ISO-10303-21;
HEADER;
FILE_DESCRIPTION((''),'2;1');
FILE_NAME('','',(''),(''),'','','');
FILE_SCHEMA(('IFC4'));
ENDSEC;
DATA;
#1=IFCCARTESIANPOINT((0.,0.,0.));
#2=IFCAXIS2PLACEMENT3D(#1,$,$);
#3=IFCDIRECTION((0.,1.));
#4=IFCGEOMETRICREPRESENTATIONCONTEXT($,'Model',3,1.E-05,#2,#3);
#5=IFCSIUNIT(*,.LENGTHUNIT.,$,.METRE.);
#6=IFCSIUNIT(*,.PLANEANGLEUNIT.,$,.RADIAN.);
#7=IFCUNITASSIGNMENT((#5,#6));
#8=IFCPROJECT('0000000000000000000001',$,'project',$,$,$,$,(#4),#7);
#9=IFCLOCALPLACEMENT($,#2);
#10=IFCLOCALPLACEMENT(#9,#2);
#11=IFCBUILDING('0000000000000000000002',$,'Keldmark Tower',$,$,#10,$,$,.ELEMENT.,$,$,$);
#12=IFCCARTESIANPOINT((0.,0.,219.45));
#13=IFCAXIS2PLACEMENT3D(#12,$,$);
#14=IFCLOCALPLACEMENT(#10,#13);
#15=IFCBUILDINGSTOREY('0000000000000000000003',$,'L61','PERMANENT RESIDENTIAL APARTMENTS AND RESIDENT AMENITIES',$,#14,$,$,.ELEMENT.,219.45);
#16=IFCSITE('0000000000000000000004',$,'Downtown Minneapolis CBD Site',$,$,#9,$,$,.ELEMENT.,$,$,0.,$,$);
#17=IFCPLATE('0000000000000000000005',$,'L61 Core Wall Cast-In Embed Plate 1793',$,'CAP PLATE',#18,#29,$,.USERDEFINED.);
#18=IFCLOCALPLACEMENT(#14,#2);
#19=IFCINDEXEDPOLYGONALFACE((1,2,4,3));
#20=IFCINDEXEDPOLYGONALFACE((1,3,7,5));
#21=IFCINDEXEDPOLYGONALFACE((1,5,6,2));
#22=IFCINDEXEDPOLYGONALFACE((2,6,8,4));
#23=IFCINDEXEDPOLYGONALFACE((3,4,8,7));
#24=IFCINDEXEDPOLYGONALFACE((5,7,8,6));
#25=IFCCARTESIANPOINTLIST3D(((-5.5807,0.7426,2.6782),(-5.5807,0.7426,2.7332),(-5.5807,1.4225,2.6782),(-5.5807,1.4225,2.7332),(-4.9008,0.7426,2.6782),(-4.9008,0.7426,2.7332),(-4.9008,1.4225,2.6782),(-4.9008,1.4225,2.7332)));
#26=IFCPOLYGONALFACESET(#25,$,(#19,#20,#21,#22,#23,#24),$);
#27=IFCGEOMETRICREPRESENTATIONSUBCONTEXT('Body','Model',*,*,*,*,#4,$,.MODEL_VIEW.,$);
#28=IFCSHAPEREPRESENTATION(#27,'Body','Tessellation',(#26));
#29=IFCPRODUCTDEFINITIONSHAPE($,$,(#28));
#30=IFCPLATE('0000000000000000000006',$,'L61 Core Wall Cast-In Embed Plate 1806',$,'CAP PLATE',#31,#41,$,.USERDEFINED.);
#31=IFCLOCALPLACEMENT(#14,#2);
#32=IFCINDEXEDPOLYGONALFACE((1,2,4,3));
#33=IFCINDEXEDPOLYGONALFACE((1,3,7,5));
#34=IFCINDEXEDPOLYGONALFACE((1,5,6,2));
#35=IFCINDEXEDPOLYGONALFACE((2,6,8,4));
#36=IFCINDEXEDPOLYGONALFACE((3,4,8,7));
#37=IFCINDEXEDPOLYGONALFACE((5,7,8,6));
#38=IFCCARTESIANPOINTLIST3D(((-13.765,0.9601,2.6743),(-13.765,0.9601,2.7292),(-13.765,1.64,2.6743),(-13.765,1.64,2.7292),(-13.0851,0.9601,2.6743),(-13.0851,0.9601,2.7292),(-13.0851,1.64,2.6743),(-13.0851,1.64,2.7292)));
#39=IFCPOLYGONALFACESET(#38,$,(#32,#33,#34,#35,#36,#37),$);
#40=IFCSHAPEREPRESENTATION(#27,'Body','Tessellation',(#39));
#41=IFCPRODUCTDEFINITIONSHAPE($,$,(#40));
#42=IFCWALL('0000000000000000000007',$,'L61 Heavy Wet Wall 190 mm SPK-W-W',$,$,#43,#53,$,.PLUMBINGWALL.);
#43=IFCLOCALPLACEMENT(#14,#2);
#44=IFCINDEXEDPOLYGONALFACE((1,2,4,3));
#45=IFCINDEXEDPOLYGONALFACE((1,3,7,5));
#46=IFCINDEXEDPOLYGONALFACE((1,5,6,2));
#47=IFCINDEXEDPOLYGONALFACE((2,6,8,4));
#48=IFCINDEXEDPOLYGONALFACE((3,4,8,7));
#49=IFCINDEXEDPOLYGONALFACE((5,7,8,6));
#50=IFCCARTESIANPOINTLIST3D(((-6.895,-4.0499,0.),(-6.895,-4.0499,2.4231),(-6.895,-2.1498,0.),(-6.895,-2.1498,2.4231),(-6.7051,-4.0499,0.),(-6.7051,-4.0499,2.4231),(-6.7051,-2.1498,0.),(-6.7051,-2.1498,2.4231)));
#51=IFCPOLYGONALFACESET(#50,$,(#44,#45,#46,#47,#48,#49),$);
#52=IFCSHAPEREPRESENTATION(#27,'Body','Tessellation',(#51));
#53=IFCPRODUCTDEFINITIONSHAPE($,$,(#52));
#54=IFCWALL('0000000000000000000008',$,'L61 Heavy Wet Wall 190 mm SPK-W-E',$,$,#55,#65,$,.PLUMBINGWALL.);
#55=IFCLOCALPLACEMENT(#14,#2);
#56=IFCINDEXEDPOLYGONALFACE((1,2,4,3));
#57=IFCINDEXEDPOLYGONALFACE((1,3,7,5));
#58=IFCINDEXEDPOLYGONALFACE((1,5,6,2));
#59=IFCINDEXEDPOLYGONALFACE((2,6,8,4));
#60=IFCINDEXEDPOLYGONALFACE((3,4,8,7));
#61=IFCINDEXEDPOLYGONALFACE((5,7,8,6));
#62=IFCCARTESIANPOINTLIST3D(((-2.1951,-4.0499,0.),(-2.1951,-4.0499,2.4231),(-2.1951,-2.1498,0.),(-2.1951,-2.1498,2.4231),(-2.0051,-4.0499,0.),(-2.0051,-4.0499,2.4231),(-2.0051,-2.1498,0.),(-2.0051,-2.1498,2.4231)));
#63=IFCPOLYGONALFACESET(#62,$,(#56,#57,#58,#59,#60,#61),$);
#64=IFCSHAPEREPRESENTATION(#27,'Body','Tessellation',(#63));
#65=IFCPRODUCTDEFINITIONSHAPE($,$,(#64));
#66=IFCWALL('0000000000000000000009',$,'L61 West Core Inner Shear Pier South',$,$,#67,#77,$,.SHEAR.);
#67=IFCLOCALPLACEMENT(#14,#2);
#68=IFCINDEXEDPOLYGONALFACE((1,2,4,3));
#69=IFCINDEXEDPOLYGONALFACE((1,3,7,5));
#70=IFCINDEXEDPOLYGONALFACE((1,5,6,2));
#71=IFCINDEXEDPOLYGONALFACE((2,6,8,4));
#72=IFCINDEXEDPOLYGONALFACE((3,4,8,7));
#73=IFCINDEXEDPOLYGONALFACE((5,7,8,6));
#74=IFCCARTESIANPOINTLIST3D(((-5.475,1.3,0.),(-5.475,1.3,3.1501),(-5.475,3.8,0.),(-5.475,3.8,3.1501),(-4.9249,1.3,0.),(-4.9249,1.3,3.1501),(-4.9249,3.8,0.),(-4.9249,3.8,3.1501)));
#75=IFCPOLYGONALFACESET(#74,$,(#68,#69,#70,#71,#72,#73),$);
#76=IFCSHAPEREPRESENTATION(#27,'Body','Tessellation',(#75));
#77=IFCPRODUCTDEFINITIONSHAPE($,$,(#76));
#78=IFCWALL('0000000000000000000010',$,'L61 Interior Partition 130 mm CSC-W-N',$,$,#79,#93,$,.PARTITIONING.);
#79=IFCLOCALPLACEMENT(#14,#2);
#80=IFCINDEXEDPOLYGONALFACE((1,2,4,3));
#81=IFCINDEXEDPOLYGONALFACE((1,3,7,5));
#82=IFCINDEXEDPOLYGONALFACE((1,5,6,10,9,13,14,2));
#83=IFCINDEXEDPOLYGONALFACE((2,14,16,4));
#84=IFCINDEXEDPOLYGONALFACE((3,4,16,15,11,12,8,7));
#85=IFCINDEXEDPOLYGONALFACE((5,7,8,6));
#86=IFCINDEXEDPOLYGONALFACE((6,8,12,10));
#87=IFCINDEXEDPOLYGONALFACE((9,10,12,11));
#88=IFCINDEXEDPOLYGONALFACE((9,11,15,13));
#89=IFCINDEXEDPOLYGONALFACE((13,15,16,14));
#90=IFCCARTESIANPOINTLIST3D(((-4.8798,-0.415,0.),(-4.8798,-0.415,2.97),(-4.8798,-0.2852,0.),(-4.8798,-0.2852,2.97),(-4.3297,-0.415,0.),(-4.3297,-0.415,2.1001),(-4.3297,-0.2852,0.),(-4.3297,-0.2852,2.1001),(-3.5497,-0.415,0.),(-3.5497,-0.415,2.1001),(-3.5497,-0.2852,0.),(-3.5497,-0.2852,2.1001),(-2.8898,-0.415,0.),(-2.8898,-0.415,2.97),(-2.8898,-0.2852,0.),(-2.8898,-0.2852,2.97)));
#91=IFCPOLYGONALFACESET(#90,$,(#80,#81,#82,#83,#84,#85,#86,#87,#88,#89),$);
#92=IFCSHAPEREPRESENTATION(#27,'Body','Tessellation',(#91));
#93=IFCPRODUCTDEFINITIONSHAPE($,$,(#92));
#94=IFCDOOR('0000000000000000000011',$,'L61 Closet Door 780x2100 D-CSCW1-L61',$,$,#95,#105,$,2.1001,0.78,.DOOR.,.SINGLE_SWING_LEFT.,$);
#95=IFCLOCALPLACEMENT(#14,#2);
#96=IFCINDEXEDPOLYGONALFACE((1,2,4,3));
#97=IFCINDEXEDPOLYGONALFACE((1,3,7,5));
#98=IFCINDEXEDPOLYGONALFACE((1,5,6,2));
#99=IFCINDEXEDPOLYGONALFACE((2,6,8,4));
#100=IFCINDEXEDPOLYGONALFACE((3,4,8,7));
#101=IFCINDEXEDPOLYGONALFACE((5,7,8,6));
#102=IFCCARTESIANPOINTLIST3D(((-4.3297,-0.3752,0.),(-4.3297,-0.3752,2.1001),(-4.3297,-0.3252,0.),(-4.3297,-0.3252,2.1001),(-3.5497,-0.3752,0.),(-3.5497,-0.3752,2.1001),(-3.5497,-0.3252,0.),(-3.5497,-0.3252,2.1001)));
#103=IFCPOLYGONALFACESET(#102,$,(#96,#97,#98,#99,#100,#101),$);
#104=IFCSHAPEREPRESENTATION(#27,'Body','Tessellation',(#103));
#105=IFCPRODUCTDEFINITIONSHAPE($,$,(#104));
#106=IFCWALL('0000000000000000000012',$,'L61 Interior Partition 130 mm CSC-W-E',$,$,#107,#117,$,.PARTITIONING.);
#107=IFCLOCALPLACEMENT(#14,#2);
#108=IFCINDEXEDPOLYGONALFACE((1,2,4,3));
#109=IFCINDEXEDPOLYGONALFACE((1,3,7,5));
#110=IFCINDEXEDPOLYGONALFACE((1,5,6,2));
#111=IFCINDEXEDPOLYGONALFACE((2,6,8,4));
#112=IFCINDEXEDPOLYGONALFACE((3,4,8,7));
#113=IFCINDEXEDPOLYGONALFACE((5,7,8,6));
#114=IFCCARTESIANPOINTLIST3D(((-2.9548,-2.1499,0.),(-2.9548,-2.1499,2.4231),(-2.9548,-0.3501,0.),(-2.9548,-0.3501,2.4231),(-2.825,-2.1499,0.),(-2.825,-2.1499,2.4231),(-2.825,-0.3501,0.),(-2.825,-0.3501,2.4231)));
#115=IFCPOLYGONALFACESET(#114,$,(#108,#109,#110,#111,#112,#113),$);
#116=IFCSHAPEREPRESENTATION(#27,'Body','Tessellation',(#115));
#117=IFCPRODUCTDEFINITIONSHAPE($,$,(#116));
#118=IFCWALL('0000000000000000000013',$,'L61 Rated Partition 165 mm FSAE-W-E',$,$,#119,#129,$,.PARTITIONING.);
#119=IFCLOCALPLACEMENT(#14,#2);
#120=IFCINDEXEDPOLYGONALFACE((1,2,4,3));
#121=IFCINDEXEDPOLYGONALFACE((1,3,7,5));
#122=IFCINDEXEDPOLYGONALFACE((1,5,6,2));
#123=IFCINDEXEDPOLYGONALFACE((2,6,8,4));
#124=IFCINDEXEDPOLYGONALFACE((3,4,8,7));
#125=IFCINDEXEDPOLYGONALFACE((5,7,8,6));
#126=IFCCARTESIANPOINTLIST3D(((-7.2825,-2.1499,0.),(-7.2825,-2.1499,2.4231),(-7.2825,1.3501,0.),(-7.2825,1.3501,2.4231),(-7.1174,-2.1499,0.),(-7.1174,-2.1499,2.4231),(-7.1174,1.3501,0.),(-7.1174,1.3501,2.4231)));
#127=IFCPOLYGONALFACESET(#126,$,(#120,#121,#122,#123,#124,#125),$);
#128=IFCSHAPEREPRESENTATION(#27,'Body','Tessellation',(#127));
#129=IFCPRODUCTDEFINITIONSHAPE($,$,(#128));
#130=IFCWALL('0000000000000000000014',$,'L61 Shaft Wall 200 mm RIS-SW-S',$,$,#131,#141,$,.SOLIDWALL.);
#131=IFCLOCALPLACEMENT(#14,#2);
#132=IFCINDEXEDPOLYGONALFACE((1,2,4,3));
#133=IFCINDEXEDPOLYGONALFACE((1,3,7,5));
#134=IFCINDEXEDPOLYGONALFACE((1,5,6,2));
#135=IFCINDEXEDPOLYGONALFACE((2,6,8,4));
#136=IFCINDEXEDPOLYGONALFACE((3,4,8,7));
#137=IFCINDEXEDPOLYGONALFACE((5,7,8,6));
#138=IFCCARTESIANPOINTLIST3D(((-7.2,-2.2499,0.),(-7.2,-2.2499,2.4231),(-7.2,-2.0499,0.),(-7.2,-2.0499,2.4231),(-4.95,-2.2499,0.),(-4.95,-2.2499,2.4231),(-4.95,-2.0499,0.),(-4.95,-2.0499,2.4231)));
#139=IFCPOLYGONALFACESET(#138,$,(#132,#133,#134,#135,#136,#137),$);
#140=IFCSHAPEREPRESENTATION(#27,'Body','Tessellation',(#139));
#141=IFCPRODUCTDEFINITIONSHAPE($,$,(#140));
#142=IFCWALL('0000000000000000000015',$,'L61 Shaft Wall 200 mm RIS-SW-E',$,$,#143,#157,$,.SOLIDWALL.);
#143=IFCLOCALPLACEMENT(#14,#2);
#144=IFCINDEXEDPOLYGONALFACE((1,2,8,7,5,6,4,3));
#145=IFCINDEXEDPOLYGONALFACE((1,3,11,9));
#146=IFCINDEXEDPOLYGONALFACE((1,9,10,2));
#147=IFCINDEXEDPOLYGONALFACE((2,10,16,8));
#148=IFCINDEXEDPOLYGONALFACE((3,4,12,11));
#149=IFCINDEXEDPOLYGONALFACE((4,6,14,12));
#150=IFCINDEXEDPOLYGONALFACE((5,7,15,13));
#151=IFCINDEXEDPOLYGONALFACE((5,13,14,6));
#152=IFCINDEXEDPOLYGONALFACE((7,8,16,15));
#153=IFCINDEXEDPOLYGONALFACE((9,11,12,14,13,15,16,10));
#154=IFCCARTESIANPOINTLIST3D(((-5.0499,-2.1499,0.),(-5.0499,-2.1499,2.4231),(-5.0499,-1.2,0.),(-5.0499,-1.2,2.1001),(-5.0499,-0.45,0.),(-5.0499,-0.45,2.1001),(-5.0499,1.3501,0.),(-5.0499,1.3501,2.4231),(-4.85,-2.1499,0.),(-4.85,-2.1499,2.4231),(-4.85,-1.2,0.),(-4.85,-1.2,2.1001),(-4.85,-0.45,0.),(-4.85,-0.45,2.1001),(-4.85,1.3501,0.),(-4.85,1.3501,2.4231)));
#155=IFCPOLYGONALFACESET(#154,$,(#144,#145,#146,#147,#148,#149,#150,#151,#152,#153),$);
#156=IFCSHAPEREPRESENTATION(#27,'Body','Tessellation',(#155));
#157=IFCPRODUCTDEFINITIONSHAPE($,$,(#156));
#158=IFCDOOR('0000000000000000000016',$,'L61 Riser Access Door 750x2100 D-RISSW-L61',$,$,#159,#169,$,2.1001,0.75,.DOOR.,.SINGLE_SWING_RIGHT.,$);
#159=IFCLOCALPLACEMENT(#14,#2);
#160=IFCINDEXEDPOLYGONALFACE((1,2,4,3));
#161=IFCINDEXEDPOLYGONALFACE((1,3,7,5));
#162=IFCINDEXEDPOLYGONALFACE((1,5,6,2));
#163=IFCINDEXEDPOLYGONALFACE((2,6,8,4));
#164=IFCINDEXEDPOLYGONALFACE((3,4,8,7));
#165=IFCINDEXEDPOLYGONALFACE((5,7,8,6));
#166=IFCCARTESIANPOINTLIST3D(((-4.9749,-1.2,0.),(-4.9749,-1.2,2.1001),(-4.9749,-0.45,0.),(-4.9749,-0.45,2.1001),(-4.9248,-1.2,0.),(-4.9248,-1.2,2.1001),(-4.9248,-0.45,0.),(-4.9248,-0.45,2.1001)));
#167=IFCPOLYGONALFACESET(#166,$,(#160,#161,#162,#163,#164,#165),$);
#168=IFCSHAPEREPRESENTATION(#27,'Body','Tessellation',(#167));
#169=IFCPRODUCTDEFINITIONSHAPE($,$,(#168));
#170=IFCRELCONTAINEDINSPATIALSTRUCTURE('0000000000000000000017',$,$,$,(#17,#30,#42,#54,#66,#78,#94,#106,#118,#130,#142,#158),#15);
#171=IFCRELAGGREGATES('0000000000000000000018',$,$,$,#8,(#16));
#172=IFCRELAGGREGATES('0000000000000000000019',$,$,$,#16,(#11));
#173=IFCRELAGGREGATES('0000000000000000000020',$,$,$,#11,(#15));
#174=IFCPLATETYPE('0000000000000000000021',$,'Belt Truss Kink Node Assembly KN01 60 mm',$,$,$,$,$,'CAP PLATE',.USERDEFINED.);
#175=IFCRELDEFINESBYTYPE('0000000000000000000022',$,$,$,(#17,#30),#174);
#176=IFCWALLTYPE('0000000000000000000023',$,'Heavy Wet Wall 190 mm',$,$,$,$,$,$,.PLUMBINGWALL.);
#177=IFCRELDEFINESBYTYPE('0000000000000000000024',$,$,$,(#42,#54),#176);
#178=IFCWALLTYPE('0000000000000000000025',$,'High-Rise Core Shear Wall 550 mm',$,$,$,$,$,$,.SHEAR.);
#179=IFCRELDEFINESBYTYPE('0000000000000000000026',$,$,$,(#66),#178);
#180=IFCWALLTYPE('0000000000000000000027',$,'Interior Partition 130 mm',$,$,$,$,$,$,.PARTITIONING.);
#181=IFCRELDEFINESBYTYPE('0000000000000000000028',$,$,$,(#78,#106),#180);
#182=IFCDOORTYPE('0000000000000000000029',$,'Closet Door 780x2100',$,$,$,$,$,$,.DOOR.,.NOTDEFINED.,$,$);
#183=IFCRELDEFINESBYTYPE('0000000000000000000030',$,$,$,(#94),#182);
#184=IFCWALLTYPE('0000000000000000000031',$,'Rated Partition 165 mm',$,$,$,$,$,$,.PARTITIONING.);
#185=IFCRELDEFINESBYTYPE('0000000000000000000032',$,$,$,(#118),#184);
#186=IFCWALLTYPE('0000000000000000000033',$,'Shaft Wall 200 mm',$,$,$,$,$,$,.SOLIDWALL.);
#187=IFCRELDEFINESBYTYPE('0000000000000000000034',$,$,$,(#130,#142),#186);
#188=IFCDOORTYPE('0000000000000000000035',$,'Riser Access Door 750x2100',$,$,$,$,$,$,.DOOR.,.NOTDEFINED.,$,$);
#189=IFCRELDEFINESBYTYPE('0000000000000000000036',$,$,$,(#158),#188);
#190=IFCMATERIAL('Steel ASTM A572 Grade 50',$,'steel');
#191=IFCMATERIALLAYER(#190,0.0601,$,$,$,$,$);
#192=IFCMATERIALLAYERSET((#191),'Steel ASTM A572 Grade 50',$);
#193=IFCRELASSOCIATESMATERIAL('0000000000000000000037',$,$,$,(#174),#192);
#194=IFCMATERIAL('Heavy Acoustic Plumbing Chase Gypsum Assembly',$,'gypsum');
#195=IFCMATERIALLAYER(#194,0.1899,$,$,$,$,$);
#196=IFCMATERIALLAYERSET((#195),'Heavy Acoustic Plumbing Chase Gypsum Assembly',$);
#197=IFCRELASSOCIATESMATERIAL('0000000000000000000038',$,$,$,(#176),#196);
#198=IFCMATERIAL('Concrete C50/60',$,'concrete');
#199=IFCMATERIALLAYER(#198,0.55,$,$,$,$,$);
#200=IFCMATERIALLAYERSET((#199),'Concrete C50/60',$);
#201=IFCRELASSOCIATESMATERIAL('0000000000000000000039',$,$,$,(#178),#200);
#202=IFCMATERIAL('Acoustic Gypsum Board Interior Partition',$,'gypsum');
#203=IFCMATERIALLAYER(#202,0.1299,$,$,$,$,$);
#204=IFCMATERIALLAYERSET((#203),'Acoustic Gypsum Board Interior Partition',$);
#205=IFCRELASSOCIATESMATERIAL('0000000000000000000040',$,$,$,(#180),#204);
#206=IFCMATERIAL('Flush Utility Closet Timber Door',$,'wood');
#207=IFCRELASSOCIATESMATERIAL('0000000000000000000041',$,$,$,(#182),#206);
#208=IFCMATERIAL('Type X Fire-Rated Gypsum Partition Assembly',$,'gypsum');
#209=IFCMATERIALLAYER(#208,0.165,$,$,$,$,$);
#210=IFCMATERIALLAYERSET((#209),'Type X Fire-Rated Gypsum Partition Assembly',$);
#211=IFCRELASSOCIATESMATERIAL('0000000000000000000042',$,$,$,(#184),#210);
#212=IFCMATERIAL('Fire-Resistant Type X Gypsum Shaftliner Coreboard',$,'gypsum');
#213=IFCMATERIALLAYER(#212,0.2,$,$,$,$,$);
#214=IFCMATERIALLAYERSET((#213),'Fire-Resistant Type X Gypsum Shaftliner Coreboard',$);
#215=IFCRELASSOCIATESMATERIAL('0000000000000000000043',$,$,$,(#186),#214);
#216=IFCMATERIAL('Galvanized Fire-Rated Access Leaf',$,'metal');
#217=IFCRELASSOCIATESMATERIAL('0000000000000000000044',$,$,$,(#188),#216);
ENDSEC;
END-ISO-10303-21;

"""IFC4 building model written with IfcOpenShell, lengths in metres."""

from ifc_helpers import new_model, si_unit, direction, frame, frame_2d, origin, origin_2d, place, context, subcontext, project, spatial, rectangle, extrude, material, layer, layer_set, type_object, element, fill, save


model = new_model("IFC4")

# Units and contexts
model_context = context("Model", 3, precision=1e-05, world=origin(), true_north=direction((0.0, 1.0)))
body_context = subcontext(model_context, "Body", "Model", "MODEL_VIEW")
ifc_project = project(units=[si_unit("LENGTHUNIT", "METRE"), si_unit("PLANEANGLEUNIT", "RADIAN")], contexts=[model_context])

# Site, building, storey
site_placement = place(None, origin())
site = spatial("IfcSite", under=ifc_project, at=site_placement, Name="Downtown Minneapolis CBD Site", CompositionType="ELEMENT", RefElevation=0.0)
building_placement = place(site_placement, origin())
building = spatial("IfcBuilding", under=site, at=building_placement, Name="Keldmark Tower", CompositionType="ELEMENT")
storey_placement = place(building_placement, frame((0.0, 0.0, 219.45)))
storey = spatial("IfcBuildingStorey", under=building, at=storey_placement, Name="L61", Description="PERMANENT RESIDENTIAL APARTMENTS AND RESIDENT AMENITIES", CompositionType="ELEMENT", Elevation=219.45)

# Plates
ifc_material_1 = material(Name="Steel ASTM A572 Grade 50", Category="steel")
ifc_layer_1 = layer(ifc_material_1, 0.0601)
ifc_layer_set_1 = layer_set([ifc_layer_1], Name="Steel ASTM A572 Grade 50")
plate_type = type_object("IfcPlateType", Name="Belt Truss Kink Node Assembly KN01 60 mm", ElementType="CAP PLATE", PredefinedType="USERDEFINED", material=ifc_layer_set_1)
for number, where, z_axis, x_axis, name in (
    (1, (-5.2407, 1.0825, 2.6782), (0.0, 0.0, 1.0), (1.0, 0.0, 0.0), "L61 Core Wall Cast-In Embed Plate 1793"),
    (2, (-13.425, 1.3, 2.6743), (0.0, 0.0, 1.0), (1.0, 0.0, 0.0), "L61 Core Wall Cast-In Embed Plate 1806"),
):
    element("IfcPlate", number, at=place(storey_placement, frame(where, z_axis=z_axis, x_axis=x_axis)), inside=storey, type_object=plate_type, Name=name, ObjectType="CAP PLATE", PredefinedType="USERDEFINED", context=body_context, shape_type="SweptSolid", body=[
        extrude(rectangle(XDim=0.6799, YDim=0.6799, at=origin_2d()), origin(), (0.0, 0.0, 1.0), 0.0549),
    ])

# Shared definitions
ifc_material_2 = material(Name="Heavy Acoustic Plumbing Chase Gypsum Assembly", Category="gypsum")
ifc_layer_2 = layer(ifc_material_2, 0.1899)
ifc_layer_set_2 = layer_set([ifc_layer_2], Name="Heavy Acoustic Plumbing Chase Gypsum Assembly")
wall_type_1 = type_object("IfcWallType", Name="Heavy Wet Wall 190 mm", PredefinedType="PLUMBINGWALL", material=ifc_layer_set_2)

# Walls
for number, where, z_axis, x_axis, name in (
    (3, (-6.8, -4.05, 0.0), (0.0, 0.0, 1.0), (0.0, 1.0, 0.0), "L61 Heavy Wet Wall 190 mm SPK-W-W"),
    (4, (-2.1001, -4.05, 0.0), (0.0, 0.0, 1.0), (0.0, 1.0, 0.0), "L61 Heavy Wet Wall 190 mm SPK-W-E"),
):
    element("IfcWall", number, at=place(storey_placement, frame(where, z_axis=z_axis, x_axis=x_axis)), inside=storey, type_object=wall_type_1, Name=name, PredefinedType="PLUMBINGWALL", context=body_context, shape_type="SweptSolid", body=[
        extrude(rectangle(XDim=1.9001, YDim=0.1899, at=frame_2d((0.9502, 0.0))), origin(), (0.0, 0.0, 1.0), 2.4231),
    ])
ifc_material_3 = material(Name="Concrete C50/60", Category="concrete")
ifc_layer_3 = layer(ifc_material_3, 0.55)
ifc_layer_set_3 = layer_set([ifc_layer_3], Name="Concrete C50/60")
wall_type_2 = type_object("IfcWallType", Name="High-Rise Core Shear Wall 550 mm", PredefinedType="SHEAR", material=ifc_layer_set_3)
wall_1_placement = place(storey_placement, frame((-5.2, 1.3, 0.0), z_axis=(0.0, 0.0, 1.0), x_axis=(0.0, 1.0, 0.0)))
element("IfcWall", 5, at=wall_1_placement, inside=storey, type_object=wall_type_2, Name="L61 West Core Inner Shear Pier South", PredefinedType="SHEAR", context=body_context, shape_type="SweptSolid", body=[
    extrude(rectangle(XDim=2.5, YDim=0.55, at=frame_2d((1.25, 0.0))), origin(), (0.0, 0.0, 1.0), 3.1501),
])

# Wall, opening, door
ifc_material_4 = material(Name="Acoustic Gypsum Board Interior Partition", Category="gypsum")
ifc_layer_4 = layer(ifc_material_4, 0.1299)
ifc_layer_set_4 = layer_set([ifc_layer_4], Name="Acoustic Gypsum Board Interior Partition")
wall_type_3 = type_object("IfcWallType", Name="Interior Partition 130 mm", PredefinedType="PARTITIONING", material=ifc_layer_set_4)
wall_2_placement = place(storey_placement, frame((-4.8799, -0.3501, 0.0), z_axis=(0.0, 0.0, 1.0), x_axis=(1.0, 0.0, 0.0)))
wall_2 = element("IfcWall", 6, at=wall_2_placement, inside=storey, type_object=wall_type_3, Name="L61 Interior Partition 130 mm CSC-W-N", PredefinedType="PARTITIONING", context=body_context, shape_type="SweptSolid", body=[
    extrude(rectangle(XDim=1.99, YDim=0.1299, at=frame_2d((0.9951, 0.0))), origin(), (0.0, 0.0, 1.0), 2.97),
])
opening_1_placement = place(wall_2_placement, frame((0.55, 0.0, 0.0)))
opening_1 = element("IfcOpeningElement", 7, at=opening_1_placement, cuts=wall_2, PredefinedType="OPENING", context=body_context, shape_type="SweptSolid", body=[
    extrude(rectangle(XDim=0.78, YDim=2.1001, at=frame_2d((0.3901, 1.05))), frame((0.0, 0.075, 0.0), z_axis=(0.0, -1.0, 0.0), x_axis=(1.0, 0.0, 0.0)), (0.0, 0.0, 1.0), 0.1499),
])
ifc_material_5 = material(Name="Flush Utility Closet Timber Door", Category="wood")
door_type_1 = type_object("IfcDoorType", Name="Closet Door 780x2100", OperationType="NOTDEFINED", PredefinedType="DOOR", material=ifc_material_5)
door_1_placement = place(opening_1_placement, origin())
door_1 = element("IfcDoor", 8, at=door_1_placement, inside=storey, type_object=door_type_1, Name="L61 Closet Door 780x2100 D-CSCW1-L61", OperationType="SINGLE_SWING_LEFT", OverallHeight=2.1001, OverallWidth=0.78, PredefinedType="DOOR", context=body_context, shape_type="SweptSolid", body=[
    extrude(rectangle(XDim=0.78, YDim=2.1001, at=frame_2d((0.3901, 1.05))), frame((0.0, 0.0249, 0.0), z_axis=(0.0, -1.0, 0.0), x_axis=(1.0, 0.0, 0.0)), (0.0, 0.0, 1.0), 0.05),
])
fill(opening_1, door_1)

# Walls
wall_3_placement = place(storey_placement, frame((-2.8899, -2.1499, 0.0), z_axis=(0.0, 0.0, 1.0), x_axis=(0.0, 1.0, 0.0)))
element("IfcWall", 9, at=wall_3_placement, inside=storey, type_object=wall_type_3, Name="L61 Interior Partition 130 mm CSC-W-E", PredefinedType="PARTITIONING", context=body_context, shape_type="SweptSolid", body=[
    extrude(rectangle(XDim=1.7998, YDim=0.1299, at=frame_2d((0.8999, 0.0))), origin(), (0.0, 0.0, 1.0), 2.4231),
])
ifc_material_6 = material(Name="Type X Fire-Rated Gypsum Partition Assembly", Category="gypsum")
ifc_layer_5 = layer(ifc_material_6, 0.165)
ifc_layer_set_5 = layer_set([ifc_layer_5], Name="Type X Fire-Rated Gypsum Partition Assembly")
wall_type_4 = type_object("IfcWallType", Name="Rated Partition 165 mm", PredefinedType="PARTITIONING", material=ifc_layer_set_5)
wall_4_placement = place(storey_placement, frame((-7.2, -2.1499, 0.0), z_axis=(0.0, 0.0, 1.0), x_axis=(0.0, 1.0, 0.0)))
element("IfcWall", 10, at=wall_4_placement, inside=storey, type_object=wall_type_4, Name="L61 Rated Partition 165 mm FSAE-W-E", PredefinedType="PARTITIONING", context=body_context, shape_type="SweptSolid", body=[
    extrude(rectangle(XDim=3.5, YDim=0.165, at=frame_2d((1.75, 0.0))), origin(), (0.0, 0.0, 1.0), 2.4231),
])
ifc_material_7 = material(Name="Fire-Resistant Type X Gypsum Shaftliner Coreboard", Category="gypsum")
ifc_layer_6 = layer(ifc_material_7, 0.2)
ifc_layer_set_6 = layer_set([ifc_layer_6], Name="Fire-Resistant Type X Gypsum Shaftliner Coreboard")
wall_type_5 = type_object("IfcWallType", Name="Shaft Wall 200 mm", PredefinedType="SOLIDWALL", material=ifc_layer_set_6)
wall_5_placement = place(storey_placement, frame((-7.2, -2.1499, 0.0), z_axis=(0.0, 0.0, 1.0), x_axis=(1.0, 0.0, 0.0)))
element("IfcWall", 11, at=wall_5_placement, inside=storey, type_object=wall_type_5, Name="L61 Shaft Wall 200 mm RIS-SW-S", PredefinedType="SOLIDWALL", context=body_context, shape_type="SweptSolid", body=[
    extrude(rectangle(XDim=2.25, YDim=0.2, at=frame_2d((1.125, 0.0))), origin(), (0.0, 0.0, 1.0), 2.4231),
])

# Wall, opening, door
wall_6_placement = place(storey_placement, frame((-4.95, -2.1499, 0.0), z_axis=(0.0, 0.0, 1.0), x_axis=(0.0, 1.0, 0.0)))
wall_6 = element("IfcWall", 12, at=wall_6_placement, inside=storey, type_object=wall_type_5, Name="L61 Shaft Wall 200 mm RIS-SW-E", PredefinedType="SOLIDWALL", context=body_context, shape_type="SweptSolid", body=[
    extrude(rectangle(XDim=3.5, YDim=0.2, at=frame_2d((1.75, 0.0))), origin(), (0.0, 0.0, 1.0), 2.4231),
])
opening_2_placement = place(wall_6_placement, frame((0.95, 0.0, 0.0)))
opening_2 = element("IfcOpeningElement", 13, at=opening_2_placement, cuts=wall_6, PredefinedType="OPENING", context=body_context, shape_type="SweptSolid", body=[
    extrude(rectangle(XDim=0.75, YDim=2.1001, at=frame_2d((0.375, 1.05))), frame((0.0, 0.1099, 0.0), z_axis=(0.0, -1.0, 0.0), x_axis=(1.0, 0.0, 0.0)), (0.0, 0.0, 1.0), 0.22),
])
ifc_material_8 = material(Name="Galvanized Fire-Rated Access Leaf", Category="metal")
door_type_2 = type_object("IfcDoorType", Name="Riser Access Door 750x2100", OperationType="NOTDEFINED", PredefinedType="DOOR", material=ifc_material_8)
door_2_placement = place(opening_2_placement, origin())
door_2 = element("IfcDoor", 14, at=door_2_placement, inside=storey, type_object=door_type_2, Name="L61 Riser Access Door 750x2100 D-RISSW-L61", OperationType="SINGLE_SWING_RIGHT", OverallHeight=2.1001, OverallWidth=0.75, PredefinedType="DOOR", context=body_context, shape_type="SweptSolid", body=[
    extrude(rectangle(XDim=0.75, YDim=2.1001, at=frame_2d((0.375, 1.05))), frame((0.0, 0.0249, 0.0), z_axis=(0.0, -1.0, 0.0), x_axis=(1.0, 0.0, 0.0)), (0.0, 0.0, 1.0), 0.05),
])
fill(opening_2, door_2)

save(model, "model.ifc")
